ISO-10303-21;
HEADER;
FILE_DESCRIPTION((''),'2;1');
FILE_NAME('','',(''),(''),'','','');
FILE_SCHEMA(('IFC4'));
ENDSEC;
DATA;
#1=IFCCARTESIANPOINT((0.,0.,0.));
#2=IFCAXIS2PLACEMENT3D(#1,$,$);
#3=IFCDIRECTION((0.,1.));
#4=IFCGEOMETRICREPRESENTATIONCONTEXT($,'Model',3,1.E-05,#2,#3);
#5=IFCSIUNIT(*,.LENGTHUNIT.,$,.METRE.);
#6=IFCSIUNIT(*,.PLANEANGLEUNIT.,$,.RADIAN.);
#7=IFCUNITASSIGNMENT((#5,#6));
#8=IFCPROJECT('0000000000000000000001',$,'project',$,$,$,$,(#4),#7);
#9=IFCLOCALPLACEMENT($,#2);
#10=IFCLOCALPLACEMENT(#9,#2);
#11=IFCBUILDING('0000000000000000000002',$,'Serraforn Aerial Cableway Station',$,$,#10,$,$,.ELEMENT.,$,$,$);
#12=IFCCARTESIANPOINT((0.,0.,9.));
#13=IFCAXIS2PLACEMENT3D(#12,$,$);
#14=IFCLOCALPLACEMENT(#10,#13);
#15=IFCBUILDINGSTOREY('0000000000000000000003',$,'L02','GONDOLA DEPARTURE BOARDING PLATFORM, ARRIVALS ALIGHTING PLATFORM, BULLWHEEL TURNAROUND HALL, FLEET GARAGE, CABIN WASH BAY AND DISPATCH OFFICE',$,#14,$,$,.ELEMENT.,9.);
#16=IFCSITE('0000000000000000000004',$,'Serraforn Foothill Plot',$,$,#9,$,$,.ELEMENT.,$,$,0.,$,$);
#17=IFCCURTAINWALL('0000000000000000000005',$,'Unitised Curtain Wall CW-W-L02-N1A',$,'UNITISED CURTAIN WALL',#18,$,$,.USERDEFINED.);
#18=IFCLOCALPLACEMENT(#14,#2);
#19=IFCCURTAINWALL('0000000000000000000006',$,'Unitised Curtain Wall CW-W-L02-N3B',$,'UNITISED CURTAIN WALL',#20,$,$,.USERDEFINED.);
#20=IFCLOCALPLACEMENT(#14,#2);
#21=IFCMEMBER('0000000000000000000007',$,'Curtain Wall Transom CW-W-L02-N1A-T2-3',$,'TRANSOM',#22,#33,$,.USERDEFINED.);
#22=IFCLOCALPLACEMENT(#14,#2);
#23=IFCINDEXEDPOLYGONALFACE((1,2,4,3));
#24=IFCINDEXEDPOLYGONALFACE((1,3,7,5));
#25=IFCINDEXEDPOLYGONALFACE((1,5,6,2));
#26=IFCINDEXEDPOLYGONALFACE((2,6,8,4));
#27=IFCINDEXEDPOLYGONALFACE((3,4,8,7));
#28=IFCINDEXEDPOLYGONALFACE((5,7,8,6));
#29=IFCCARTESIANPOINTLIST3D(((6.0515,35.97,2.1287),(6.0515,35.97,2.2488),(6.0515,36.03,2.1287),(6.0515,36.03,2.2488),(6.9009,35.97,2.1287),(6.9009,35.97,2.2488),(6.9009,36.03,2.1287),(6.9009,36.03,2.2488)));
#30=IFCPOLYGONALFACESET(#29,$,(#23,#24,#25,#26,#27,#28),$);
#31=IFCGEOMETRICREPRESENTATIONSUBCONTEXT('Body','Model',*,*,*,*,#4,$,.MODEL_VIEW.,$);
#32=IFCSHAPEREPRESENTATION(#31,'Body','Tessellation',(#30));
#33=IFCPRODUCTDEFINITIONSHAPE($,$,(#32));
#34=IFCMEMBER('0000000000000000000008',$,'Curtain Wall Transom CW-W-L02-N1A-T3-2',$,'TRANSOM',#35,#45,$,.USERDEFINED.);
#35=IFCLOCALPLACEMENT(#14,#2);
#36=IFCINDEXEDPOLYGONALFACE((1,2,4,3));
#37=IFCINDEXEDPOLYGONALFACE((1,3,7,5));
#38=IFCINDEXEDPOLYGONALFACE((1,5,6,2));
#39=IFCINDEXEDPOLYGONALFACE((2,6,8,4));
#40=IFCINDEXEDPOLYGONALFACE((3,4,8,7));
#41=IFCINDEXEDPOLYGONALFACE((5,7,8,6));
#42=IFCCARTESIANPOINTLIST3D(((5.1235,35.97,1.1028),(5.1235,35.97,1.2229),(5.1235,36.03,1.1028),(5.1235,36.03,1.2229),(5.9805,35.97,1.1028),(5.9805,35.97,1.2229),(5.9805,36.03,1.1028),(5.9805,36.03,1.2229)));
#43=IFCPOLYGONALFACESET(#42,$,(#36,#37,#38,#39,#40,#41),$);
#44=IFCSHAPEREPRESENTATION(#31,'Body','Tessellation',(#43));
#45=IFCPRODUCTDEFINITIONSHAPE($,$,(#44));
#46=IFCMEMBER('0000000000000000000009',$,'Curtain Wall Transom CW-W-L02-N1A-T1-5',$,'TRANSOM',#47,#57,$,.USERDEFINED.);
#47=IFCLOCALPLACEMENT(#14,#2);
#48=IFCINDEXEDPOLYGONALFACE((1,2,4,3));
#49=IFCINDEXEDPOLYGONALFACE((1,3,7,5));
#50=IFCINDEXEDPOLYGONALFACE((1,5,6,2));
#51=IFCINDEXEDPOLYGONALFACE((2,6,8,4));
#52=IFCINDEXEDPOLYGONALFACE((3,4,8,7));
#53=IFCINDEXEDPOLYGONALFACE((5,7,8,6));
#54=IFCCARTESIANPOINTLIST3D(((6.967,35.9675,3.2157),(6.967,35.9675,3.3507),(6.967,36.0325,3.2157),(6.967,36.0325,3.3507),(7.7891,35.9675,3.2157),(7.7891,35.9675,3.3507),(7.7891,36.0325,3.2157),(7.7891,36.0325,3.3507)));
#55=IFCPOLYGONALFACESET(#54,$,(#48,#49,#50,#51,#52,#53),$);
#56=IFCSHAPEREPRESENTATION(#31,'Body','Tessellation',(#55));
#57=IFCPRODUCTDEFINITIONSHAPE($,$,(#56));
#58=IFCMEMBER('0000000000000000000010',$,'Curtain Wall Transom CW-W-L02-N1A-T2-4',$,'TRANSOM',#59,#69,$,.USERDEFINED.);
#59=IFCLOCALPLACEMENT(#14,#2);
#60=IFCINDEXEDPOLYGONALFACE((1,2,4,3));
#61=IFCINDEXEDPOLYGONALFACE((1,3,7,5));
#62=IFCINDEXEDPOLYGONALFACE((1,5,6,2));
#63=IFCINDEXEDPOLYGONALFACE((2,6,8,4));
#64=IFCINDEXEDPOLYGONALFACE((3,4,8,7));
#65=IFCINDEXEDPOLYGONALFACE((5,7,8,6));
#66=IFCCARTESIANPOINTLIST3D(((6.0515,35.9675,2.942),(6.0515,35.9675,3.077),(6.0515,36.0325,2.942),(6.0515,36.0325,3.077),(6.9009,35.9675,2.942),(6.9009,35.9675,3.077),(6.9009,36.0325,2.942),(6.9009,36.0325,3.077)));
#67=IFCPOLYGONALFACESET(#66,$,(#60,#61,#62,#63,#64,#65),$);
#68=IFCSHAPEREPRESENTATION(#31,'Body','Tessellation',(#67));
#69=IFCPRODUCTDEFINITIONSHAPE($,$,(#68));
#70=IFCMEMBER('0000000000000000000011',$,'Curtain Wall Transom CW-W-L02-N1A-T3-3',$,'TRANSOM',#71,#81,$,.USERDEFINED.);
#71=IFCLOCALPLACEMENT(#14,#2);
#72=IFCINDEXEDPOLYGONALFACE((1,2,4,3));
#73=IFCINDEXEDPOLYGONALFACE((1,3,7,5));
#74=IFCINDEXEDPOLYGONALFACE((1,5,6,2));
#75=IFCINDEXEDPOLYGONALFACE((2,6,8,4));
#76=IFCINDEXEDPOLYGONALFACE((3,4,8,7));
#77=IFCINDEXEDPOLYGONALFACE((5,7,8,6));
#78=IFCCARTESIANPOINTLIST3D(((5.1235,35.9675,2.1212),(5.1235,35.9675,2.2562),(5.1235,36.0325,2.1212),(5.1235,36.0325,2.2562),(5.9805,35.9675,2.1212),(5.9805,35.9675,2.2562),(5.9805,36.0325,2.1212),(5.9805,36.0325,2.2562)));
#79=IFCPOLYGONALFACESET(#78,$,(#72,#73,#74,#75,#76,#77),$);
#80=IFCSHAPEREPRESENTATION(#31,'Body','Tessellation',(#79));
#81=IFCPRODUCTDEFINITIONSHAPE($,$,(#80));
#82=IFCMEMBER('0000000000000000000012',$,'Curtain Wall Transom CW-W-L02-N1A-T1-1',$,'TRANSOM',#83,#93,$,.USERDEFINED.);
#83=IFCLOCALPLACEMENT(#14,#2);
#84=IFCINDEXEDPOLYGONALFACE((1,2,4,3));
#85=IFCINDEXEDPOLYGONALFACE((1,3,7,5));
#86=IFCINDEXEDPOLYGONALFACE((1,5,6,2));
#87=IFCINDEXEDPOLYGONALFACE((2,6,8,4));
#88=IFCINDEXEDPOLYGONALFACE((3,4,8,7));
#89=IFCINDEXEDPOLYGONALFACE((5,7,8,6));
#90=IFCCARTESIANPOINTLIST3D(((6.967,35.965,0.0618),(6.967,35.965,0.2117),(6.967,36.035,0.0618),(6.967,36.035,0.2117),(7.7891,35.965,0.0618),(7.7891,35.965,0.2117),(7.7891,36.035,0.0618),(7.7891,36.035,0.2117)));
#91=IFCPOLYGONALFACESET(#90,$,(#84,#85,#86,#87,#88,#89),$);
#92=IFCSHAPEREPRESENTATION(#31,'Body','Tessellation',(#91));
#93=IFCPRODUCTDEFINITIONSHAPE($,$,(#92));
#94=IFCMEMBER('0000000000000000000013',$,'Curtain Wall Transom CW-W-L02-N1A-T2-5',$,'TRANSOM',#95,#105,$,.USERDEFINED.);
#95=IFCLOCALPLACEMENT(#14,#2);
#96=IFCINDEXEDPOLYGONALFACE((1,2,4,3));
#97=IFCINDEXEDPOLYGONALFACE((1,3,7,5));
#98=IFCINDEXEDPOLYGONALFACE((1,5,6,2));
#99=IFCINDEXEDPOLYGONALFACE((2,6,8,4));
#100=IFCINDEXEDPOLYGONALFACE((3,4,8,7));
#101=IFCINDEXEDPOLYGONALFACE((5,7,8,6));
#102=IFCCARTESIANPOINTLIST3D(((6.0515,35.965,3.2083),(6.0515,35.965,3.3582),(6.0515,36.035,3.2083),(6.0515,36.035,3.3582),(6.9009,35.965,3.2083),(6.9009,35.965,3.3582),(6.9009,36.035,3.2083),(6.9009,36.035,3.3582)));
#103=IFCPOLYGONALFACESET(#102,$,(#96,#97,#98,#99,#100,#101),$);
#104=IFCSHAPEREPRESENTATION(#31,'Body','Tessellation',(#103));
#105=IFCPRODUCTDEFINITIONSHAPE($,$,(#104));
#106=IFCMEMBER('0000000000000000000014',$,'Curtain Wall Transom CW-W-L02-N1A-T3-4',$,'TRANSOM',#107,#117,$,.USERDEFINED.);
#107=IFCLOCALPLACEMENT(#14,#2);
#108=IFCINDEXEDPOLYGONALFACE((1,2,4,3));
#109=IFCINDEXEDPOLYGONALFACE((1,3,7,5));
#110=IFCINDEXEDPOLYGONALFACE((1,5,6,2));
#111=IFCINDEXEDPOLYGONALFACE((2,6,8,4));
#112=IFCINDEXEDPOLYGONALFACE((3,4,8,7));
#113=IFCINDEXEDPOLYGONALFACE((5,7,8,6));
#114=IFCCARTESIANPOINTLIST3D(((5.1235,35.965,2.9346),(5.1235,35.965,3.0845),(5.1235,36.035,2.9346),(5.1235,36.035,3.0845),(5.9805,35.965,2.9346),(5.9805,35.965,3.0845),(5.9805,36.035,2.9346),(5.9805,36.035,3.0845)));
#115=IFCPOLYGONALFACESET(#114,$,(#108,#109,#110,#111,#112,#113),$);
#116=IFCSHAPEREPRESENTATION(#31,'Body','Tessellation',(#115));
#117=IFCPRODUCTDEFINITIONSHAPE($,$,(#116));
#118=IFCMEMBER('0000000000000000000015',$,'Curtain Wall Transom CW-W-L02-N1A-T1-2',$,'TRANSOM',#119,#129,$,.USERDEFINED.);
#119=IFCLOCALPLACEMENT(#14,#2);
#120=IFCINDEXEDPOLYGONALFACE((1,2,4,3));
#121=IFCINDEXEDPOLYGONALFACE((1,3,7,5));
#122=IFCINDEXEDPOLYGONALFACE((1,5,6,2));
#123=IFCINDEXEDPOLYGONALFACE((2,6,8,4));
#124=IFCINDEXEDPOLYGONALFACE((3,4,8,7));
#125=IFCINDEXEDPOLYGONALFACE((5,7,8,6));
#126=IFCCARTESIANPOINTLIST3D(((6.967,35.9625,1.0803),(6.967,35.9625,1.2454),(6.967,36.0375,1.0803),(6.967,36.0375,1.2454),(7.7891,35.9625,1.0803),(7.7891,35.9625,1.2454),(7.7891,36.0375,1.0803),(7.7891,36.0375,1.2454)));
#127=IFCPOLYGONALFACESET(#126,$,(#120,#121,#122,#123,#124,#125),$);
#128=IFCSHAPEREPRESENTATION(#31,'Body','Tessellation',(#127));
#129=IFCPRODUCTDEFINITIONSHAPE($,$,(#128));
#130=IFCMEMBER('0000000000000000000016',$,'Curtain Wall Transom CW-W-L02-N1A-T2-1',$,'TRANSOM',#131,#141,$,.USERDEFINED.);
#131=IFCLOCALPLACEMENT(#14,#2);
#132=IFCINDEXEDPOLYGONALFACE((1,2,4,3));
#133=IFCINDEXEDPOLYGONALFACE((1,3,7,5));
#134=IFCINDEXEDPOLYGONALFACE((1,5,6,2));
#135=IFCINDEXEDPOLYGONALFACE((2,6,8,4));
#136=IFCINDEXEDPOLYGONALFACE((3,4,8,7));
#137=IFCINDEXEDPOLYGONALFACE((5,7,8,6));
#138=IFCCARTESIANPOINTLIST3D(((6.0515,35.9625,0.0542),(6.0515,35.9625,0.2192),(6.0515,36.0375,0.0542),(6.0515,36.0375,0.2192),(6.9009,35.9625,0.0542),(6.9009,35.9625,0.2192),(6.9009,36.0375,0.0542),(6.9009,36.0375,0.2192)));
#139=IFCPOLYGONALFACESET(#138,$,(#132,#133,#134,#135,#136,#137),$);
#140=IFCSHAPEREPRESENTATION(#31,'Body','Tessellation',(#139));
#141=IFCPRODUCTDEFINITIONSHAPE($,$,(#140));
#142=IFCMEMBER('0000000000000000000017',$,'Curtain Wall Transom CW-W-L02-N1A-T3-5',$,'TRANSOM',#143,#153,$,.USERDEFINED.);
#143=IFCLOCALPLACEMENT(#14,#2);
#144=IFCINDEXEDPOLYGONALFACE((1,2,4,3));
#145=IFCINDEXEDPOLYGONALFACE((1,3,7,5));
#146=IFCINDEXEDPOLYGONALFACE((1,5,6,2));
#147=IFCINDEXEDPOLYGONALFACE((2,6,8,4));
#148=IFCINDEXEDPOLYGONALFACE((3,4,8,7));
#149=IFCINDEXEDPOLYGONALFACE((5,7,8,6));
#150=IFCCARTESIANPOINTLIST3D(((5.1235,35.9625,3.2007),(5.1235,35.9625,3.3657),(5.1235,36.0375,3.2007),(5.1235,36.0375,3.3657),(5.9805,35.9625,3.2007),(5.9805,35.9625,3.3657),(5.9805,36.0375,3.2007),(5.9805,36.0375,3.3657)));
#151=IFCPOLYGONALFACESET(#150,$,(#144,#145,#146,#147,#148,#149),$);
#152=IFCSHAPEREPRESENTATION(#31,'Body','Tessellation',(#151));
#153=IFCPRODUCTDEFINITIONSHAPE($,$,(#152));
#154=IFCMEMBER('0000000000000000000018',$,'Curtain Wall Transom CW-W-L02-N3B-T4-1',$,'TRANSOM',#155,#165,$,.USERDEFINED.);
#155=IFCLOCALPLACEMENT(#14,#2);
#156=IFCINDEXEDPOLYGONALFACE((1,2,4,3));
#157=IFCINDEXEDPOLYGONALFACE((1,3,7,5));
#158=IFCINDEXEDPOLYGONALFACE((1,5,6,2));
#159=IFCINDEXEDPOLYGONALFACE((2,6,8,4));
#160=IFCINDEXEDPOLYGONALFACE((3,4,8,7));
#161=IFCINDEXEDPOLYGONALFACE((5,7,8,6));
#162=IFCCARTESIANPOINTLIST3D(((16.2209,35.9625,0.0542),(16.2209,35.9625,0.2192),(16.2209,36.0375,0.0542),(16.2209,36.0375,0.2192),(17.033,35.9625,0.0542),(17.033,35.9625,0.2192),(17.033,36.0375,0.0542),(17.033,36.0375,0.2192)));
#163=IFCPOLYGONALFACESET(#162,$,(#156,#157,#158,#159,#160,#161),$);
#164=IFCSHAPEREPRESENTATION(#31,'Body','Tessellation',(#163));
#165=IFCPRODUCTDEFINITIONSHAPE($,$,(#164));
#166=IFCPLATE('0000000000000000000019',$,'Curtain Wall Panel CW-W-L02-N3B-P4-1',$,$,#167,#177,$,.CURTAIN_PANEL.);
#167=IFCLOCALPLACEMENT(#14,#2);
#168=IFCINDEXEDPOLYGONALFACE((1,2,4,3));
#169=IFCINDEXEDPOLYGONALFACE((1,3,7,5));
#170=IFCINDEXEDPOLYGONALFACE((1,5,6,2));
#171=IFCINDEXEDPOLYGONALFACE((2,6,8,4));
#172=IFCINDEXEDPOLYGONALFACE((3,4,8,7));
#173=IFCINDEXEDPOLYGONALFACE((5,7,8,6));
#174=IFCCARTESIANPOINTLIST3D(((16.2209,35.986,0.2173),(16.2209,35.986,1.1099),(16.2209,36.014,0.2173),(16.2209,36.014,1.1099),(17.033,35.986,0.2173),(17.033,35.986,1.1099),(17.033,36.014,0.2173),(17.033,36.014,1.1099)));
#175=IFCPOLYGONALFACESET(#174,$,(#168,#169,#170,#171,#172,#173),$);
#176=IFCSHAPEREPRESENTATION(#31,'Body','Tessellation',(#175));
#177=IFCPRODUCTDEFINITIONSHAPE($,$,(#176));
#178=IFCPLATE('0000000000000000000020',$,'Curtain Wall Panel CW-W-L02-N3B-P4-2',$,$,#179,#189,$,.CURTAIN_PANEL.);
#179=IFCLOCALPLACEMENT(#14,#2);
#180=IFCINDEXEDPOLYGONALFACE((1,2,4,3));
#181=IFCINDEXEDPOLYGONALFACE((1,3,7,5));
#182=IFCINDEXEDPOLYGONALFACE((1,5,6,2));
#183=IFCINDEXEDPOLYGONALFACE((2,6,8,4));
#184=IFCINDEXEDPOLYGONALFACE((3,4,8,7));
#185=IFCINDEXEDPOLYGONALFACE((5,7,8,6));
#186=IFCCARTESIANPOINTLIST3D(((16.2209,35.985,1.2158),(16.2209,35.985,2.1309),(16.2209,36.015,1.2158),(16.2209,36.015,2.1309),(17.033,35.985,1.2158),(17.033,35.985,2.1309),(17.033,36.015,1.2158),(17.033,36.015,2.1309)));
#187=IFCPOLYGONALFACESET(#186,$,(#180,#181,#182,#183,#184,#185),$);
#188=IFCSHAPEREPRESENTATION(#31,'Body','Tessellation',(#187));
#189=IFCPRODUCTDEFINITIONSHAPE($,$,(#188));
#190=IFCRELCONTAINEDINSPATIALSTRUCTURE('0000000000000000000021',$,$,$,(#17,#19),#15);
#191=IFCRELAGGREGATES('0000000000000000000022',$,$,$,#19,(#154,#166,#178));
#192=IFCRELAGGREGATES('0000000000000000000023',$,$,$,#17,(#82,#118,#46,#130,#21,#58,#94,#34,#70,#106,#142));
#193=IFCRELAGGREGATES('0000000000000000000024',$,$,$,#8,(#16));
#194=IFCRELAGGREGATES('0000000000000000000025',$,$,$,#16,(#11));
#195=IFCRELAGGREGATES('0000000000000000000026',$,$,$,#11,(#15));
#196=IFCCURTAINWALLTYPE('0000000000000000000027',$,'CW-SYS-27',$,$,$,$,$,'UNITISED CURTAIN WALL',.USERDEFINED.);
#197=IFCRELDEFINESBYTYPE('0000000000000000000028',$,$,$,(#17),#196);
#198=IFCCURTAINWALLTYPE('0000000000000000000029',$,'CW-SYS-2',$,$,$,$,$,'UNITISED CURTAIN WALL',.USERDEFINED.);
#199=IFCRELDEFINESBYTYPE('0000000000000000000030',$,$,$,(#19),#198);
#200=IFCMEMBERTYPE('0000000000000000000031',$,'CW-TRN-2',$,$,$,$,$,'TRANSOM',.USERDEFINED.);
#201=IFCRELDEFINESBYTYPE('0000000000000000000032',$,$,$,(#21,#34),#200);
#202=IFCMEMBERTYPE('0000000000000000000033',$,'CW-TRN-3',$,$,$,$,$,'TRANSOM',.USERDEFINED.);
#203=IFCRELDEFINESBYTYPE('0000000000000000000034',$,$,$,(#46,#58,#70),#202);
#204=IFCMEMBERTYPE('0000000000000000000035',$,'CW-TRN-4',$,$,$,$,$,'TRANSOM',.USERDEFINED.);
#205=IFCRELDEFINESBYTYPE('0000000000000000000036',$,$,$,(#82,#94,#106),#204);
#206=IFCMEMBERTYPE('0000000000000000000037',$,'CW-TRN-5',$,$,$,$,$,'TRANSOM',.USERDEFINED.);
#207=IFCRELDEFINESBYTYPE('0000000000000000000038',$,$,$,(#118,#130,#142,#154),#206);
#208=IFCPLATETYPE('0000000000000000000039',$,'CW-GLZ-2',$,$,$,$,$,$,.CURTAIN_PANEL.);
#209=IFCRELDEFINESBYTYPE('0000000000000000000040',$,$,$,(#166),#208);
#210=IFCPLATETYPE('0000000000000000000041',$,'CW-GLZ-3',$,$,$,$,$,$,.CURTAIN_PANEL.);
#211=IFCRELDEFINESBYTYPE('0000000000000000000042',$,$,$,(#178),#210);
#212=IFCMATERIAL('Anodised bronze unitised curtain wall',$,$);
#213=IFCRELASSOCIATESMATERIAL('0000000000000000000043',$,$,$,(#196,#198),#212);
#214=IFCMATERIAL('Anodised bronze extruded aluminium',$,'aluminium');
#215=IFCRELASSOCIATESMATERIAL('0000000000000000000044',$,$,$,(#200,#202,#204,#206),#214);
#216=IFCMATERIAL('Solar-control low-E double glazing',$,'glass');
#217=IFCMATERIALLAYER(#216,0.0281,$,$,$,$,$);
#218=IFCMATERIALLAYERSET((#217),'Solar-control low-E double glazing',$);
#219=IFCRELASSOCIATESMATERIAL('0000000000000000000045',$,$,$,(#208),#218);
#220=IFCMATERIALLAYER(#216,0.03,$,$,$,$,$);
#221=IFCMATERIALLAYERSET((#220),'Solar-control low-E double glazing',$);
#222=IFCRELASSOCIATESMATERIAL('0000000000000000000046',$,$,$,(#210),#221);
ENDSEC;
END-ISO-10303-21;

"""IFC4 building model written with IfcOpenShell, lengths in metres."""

from ifc_helpers import new_model, si_unit, direction, frame, origin, origin_2d, place, context, subcontext, project, spatial, rectangle, extrude, material, layer, layer_set, material_profile, profile_set, type_object, element, aggregate, save


model = new_model("IFC4")

# Units and contexts
model_context = context("Model", 3, precision=1e-05, world=origin(), true_north=direction((0.0, 1.0)))
body_context = subcontext(model_context, "Body", "Model", "MODEL_VIEW")
ifc_project = project(units=[si_unit("LENGTHUNIT", "METRE"), si_unit("PLANEANGLEUNIT", "RADIAN")], contexts=[model_context])

# Site, building, storey
site_placement = place(None, origin())
site = spatial("IfcSite", under=ifc_project, at=site_placement, Name="Serraforn Foothill Plot", CompositionType="ELEMENT", RefElevation=0.0)
building_placement = place(site_placement, origin())
building = spatial("IfcBuilding", under=site, at=building_placement, Name="Serraforn Aerial Cableway Station", CompositionType="ELEMENT")
storey_placement = place(building_placement, frame((0.0, 0.0, 9.0)))
storey = spatial("IfcBuildingStorey", under=building, at=storey_placement, Name="L02", Description="GONDOLA DEPARTURE BOARDING PLATFORM, ARRIVALS ALIGHTING PLATFORM, BULLWHEEL TURNAROUND HALL, FLEET GARAGE, CABIN WASH BAY AND DISPATCH OFFICE", CompositionType="ELEMENT", Elevation=9.0)

# Curtain wall
ifc_material_1 = material(Name="Anodised bronze unitised curtain wall")
curtain_wall_type_1 = type_object("IfcCurtainWallType", Name="CW-SYS-27", ElementType="UNITISED CURTAIN WALL", PredefinedType="USERDEFINED", material=ifc_material_1)
curtain_wall_1_placement = place(storey_placement, origin())
curtain_wall_1 = element("IfcCurtainWall", 1, at=curtain_wall_1_placement, inside=storey, type_object=curtain_wall_type_1, Name="Unitised Curtain Wall CW-W-L02-N1A", ObjectType="UNITISED CURTAIN WALL", PredefinedType="USERDEFINED")
ifc_material_2 = material(Name="Anodised bronze extruded aluminium", Category="aluminium")

# Curtain wall
curtain_wall_type_2 = type_object("IfcCurtainWallType", Name="CW-SYS-2", ElementType="UNITISED CURTAIN WALL", PredefinedType="USERDEFINED", material=ifc_material_1)
curtain_wall_2_placement = place(storey_placement, origin())
curtain_wall_2 = element("IfcCurtainWall", 2, at=curtain_wall_2_placement, inside=storey, type_object=curtain_wall_type_2, Name="Unitised Curtain Wall CW-W-L02-N3B", ObjectType="UNITISED CURTAIN WALL", PredefinedType="USERDEFINED")

# Members
ifc_material_profile_1 = material_profile(ifc_material_2, rectangle(XDim=0.0601, YDim=0.1201, at=origin_2d()), Name="CW TRANSOM 60x120")
ifc_profile_set_1 = profile_set([ifc_material_profile_1], Name="Anodised bronze extruded aluminium")
member_type_1 = type_object("IfcMemberType", Name="CW-TRN-2", ElementType="TRANSOM", PredefinedType="USERDEFINED", material=ifc_profile_set_1)
member_1_placement = place(storey_placement, frame((6.9009, 36.0, 2.1887), z_axis=(-1.0, 0.0, 0.0), x_axis=(0.0, -1.0, 0.0)))
member_1 = element("IfcMember", 3, at=member_1_placement, type_object=member_type_1, Name="Curtain Wall Transom CW-W-L02-N1A-T2-3", ObjectType="TRANSOM", PredefinedType="USERDEFINED", context=body_context, shape_type="SweptSolid", body=[
    extrude(rectangle(XDim=0.0601, YDim=0.1201, at=origin_2d()), origin(), (0.0, 0.0, 1.0), 0.8494),
])
member_2_placement = place(storey_placement, frame((5.9805, 36.0, 1.1628), z_axis=(-1.0, 0.0, 0.0), x_axis=(0.0, -1.0, 0.0)))
member_2 = element("IfcMember", 4, at=member_2_placement, type_object=member_type_1, Name="Curtain Wall Transom CW-W-L02-N1A-T3-2", ObjectType="TRANSOM", PredefinedType="USERDEFINED", context=body_context, shape_type="SweptSolid", body=[
    extrude(rectangle(XDim=0.0601, YDim=0.1201, at=origin_2d()), origin(), (0.0, 0.0, 1.0), 0.8569),
])
ifc_material_profile_2 = material_profile(ifc_material_2, rectangle(XDim=0.0649, YDim=0.135, at=origin_2d()), Name="CW TRANSOM 65x135")
ifc_profile_set_2 = profile_set([ifc_material_profile_2], Name="Anodised bronze extruded aluminium")
member_type_2 = type_object("IfcMemberType", Name="CW-TRN-3", ElementType="TRANSOM", PredefinedType="USERDEFINED", material=ifc_profile_set_2)
member_3_placement = place(storey_placement, frame((7.7891, 36.0, 3.2832), z_axis=(-1.0, 0.0, 0.0), x_axis=(0.0, -1.0, 0.0)))
member_3 = element("IfcMember", 5, at=member_3_placement, type_object=member_type_2, Name="Curtain Wall Transom CW-W-L02-N1A-T1-5", ObjectType="TRANSOM", PredefinedType="USERDEFINED", context=body_context, shape_type="SweptSolid", body=[
    extrude(rectangle(XDim=0.0649, YDim=0.135, at=origin_2d()), origin(), (0.0, 0.0, 1.0), 0.822),
])
member_4_placement = place(storey_placement, frame((6.9009, 36.0, 3.0095), z_axis=(-1.0, 0.0, 0.0), x_axis=(0.0, -1.0, 0.0)))
member_4 = element("IfcMember", 6, at=member_4_placement, type_object=member_type_2, Name="Curtain Wall Transom CW-W-L02-N1A-T2-4", ObjectType="TRANSOM", PredefinedType="USERDEFINED", context=body_context, shape_type="SweptSolid", body=[
    extrude(rectangle(XDim=0.0649, YDim=0.135, at=origin_2d()), origin(), (0.0, 0.0, 1.0), 0.8494),
])
member_5_placement = place(storey_placement, frame((5.9805, 36.0, 2.1887), z_axis=(-1.0, 0.0, 0.0), x_axis=(0.0, -1.0, 0.0)))
member_5 = element("IfcMember", 7, at=member_5_placement, type_object=member_type_2, Name="Curtain Wall Transom CW-W-L02-N1A-T3-3", ObjectType="TRANSOM", PredefinedType="USERDEFINED", context=body_context, shape_type="SweptSolid", body=[
    extrude(rectangle(XDim=0.0649, YDim=0.135, at=origin_2d()), origin(), (0.0, 0.0, 1.0), 0.8569),
])
ifc_material_profile_3 = material_profile(ifc_material_2, rectangle(XDim=0.0701, YDim=0.1499, at=origin_2d()), Name="CW TRANSOM 70x150")
ifc_profile_set_3 = profile_set([ifc_material_profile_3], Name="Anodised bronze extruded aluminium")
member_type_3 = type_object("IfcMemberType", Name="CW-TRN-4", ElementType="TRANSOM", PredefinedType="USERDEFINED", material=ifc_profile_set_3)
member_6_placement = place(storey_placement, frame((7.7891, 36.0, 0.1367), z_axis=(-1.0, 0.0, 0.0), x_axis=(0.0, -1.0, 0.0)))
member_6 = element("IfcMember", 8, at=member_6_placement, type_object=member_type_3, Name="Curtain Wall Transom CW-W-L02-N1A-T1-1", ObjectType="TRANSOM", PredefinedType="USERDEFINED", context=body_context, shape_type="SweptSolid", body=[
    extrude(rectangle(XDim=0.0701, YDim=0.1499, at=origin_2d()), origin(), (0.0, 0.0, 1.0), 0.822),
])
member_7_placement = place(storey_placement, frame((6.9009, 36.0, 3.2832), z_axis=(-1.0, 0.0, 0.0), x_axis=(0.0, -1.0, 0.0)))
member_7 = element("IfcMember", 9, at=member_7_placement, type_object=member_type_3, Name="Curtain Wall Transom CW-W-L02-N1A-T2-5", ObjectType="TRANSOM", PredefinedType="USERDEFINED", context=body_context, shape_type="SweptSolid", body=[
    extrude(rectangle(XDim=0.0701, YDim=0.1499, at=origin_2d()), origin(), (0.0, 0.0, 1.0), 0.8494),
])
member_8_placement = place(storey_placement, frame((5.9805, 36.0, 3.0095), z_axis=(-1.0, 0.0, 0.0), x_axis=(0.0, -1.0, 0.0)))
member_8 = element("IfcMember", 10, at=member_8_placement, type_object=member_type_3, Name="Curtain Wall Transom CW-W-L02-N1A-T3-4", ObjectType="TRANSOM", PredefinedType="USERDEFINED", context=body_context, shape_type="SweptSolid", body=[
    extrude(rectangle(XDim=0.0701, YDim=0.1499, at=origin_2d()), origin(), (0.0, 0.0, 1.0), 0.8569),
])
ifc_material_profile_4 = material_profile(ifc_material_2, rectangle(XDim=0.075, YDim=0.165, at=origin_2d()), Name="CW TRANSOM 75x165")
ifc_profile_set_4 = profile_set([ifc_material_profile_4], Name="Anodised bronze extruded aluminium")
member_type_4 = type_object("IfcMemberType", Name="CW-TRN-5", ElementType="TRANSOM", PredefinedType="USERDEFINED", material=ifc_profile_set_4)
member_9_placement = place(storey_placement, frame((7.7891, 36.0, 1.1628), z_axis=(-1.0, 0.0, 0.0), x_axis=(0.0, -1.0, 0.0)))
member_9 = element("IfcMember", 11, at=member_9_placement, type_object=member_type_4, Name="Curtain Wall Transom CW-W-L02-N1A-T1-2", ObjectType="TRANSOM", PredefinedType="USERDEFINED", context=body_context, shape_type="SweptSolid", body=[
    extrude(rectangle(XDim=0.075, YDim=0.165, at=origin_2d()), origin(), (0.0, 0.0, 1.0), 0.822),
])
member_10_placement = place(storey_placement, frame((6.9009, 36.0, 0.1367), z_axis=(-1.0, 0.0, 0.0), x_axis=(0.0, -1.0, 0.0)))
member_10 = element("IfcMember", 12, at=member_10_placement, type_object=member_type_4, Name="Curtain Wall Transom CW-W-L02-N1A-T2-1", ObjectType="TRANSOM", PredefinedType="USERDEFINED", context=body_context, shape_type="SweptSolid", body=[
    extrude(rectangle(XDim=0.075, YDim=0.165, at=origin_2d()), origin(), (0.0, 0.0, 1.0), 0.8494),
])
member_11_placement = place(storey_placement, frame((5.9805, 36.0, 3.2832), z_axis=(-1.0, 0.0, 0.0), x_axis=(0.0, -1.0, 0.0)))
member_11 = element("IfcMember", 13, at=member_11_placement, type_object=member_type_4, Name="Curtain Wall Transom CW-W-L02-N1A-T3-5", ObjectType="TRANSOM", PredefinedType="USERDEFINED", context=body_context, shape_type="SweptSolid", body=[
    extrude(rectangle(XDim=0.075, YDim=0.165, at=origin_2d()), origin(), (0.0, 0.0, 1.0), 0.8569),
])
member_12_placement = place(storey_placement, frame((17.033, 36.0, 0.1367), z_axis=(-1.0, 0.0, 0.0), x_axis=(0.0, -1.0, 0.0)))
member_12 = element("IfcMember", 14, at=member_12_placement, type_object=member_type_4, Name="Curtain Wall Transom CW-W-L02-N3B-T4-1", ObjectType="TRANSOM", PredefinedType="USERDEFINED", context=body_context, shape_type="SweptSolid", body=[
    extrude(rectangle(XDim=0.075, YDim=0.165, at=origin_2d()), origin(), (0.0, 0.0, 1.0), 0.812),
])

# Plates
ifc_material_3 = material(Name="Solar-control low-E double glazing", Category="glass")
ifc_layer_1 = layer(ifc_material_3, 0.0281)
ifc_layer_set_1 = layer_set([ifc_layer_1], Name="Solar-control low-E double glazing")
plate_type_1 = type_object("IfcPlateType", Name="CW-GLZ-2", PredefinedType="CURTAIN_PANEL", material=ifc_layer_set_1)
plate_1_placement = place(storey_placement, frame((16.627, 36.0, 0.2173), z_axis=(0.0, 0.0, 1.0), x_axis=(1.0, 0.0, 0.0)))
plate_1 = element("IfcPlate", 15, at=plate_1_placement, type_object=plate_type_1, Name="Curtain Wall Panel CW-W-L02-N3B-P4-1", PredefinedType="CURTAIN_PANEL", context=body_context, shape_type="SweptSolid", body=[
    extrude(rectangle(XDim=0.812, YDim=0.0281, at=origin_2d()), origin(), (0.0, 0.0, 1.0), 0.8926),
])
ifc_layer_2 = layer(ifc_material_3, 0.03)
ifc_layer_set_2 = layer_set([ifc_layer_2], Name="Solar-control low-E double glazing")
plate_type_2 = type_object("IfcPlateType", Name="CW-GLZ-3", PredefinedType="CURTAIN_PANEL", material=ifc_layer_set_2)
plate_2_placement = place(storey_placement, frame((16.627, 36.0, 1.2158), z_axis=(0.0, 0.0, 1.0), x_axis=(1.0, 0.0, 0.0)))
plate_2 = element("IfcPlate", 16, at=plate_2_placement, type_object=plate_type_2, Name="Curtain Wall Panel CW-W-L02-N3B-P4-2", PredefinedType="CURTAIN_PANEL", context=body_context, shape_type="SweptSolid", body=[
    extrude(rectangle(XDim=0.812, YDim=0.03, at=origin_2d()), origin(), (0.0, 0.0, 1.0), 0.915),
])
aggregate(curtain_wall_2, [member_12, plate_1, plate_2])
aggregate(curtain_wall_1, [member_6, member_9, member_3, member_10, member_1, member_4, member_7, member_2, member_5, member_8, member_11])

save(model, "model.ifc")
